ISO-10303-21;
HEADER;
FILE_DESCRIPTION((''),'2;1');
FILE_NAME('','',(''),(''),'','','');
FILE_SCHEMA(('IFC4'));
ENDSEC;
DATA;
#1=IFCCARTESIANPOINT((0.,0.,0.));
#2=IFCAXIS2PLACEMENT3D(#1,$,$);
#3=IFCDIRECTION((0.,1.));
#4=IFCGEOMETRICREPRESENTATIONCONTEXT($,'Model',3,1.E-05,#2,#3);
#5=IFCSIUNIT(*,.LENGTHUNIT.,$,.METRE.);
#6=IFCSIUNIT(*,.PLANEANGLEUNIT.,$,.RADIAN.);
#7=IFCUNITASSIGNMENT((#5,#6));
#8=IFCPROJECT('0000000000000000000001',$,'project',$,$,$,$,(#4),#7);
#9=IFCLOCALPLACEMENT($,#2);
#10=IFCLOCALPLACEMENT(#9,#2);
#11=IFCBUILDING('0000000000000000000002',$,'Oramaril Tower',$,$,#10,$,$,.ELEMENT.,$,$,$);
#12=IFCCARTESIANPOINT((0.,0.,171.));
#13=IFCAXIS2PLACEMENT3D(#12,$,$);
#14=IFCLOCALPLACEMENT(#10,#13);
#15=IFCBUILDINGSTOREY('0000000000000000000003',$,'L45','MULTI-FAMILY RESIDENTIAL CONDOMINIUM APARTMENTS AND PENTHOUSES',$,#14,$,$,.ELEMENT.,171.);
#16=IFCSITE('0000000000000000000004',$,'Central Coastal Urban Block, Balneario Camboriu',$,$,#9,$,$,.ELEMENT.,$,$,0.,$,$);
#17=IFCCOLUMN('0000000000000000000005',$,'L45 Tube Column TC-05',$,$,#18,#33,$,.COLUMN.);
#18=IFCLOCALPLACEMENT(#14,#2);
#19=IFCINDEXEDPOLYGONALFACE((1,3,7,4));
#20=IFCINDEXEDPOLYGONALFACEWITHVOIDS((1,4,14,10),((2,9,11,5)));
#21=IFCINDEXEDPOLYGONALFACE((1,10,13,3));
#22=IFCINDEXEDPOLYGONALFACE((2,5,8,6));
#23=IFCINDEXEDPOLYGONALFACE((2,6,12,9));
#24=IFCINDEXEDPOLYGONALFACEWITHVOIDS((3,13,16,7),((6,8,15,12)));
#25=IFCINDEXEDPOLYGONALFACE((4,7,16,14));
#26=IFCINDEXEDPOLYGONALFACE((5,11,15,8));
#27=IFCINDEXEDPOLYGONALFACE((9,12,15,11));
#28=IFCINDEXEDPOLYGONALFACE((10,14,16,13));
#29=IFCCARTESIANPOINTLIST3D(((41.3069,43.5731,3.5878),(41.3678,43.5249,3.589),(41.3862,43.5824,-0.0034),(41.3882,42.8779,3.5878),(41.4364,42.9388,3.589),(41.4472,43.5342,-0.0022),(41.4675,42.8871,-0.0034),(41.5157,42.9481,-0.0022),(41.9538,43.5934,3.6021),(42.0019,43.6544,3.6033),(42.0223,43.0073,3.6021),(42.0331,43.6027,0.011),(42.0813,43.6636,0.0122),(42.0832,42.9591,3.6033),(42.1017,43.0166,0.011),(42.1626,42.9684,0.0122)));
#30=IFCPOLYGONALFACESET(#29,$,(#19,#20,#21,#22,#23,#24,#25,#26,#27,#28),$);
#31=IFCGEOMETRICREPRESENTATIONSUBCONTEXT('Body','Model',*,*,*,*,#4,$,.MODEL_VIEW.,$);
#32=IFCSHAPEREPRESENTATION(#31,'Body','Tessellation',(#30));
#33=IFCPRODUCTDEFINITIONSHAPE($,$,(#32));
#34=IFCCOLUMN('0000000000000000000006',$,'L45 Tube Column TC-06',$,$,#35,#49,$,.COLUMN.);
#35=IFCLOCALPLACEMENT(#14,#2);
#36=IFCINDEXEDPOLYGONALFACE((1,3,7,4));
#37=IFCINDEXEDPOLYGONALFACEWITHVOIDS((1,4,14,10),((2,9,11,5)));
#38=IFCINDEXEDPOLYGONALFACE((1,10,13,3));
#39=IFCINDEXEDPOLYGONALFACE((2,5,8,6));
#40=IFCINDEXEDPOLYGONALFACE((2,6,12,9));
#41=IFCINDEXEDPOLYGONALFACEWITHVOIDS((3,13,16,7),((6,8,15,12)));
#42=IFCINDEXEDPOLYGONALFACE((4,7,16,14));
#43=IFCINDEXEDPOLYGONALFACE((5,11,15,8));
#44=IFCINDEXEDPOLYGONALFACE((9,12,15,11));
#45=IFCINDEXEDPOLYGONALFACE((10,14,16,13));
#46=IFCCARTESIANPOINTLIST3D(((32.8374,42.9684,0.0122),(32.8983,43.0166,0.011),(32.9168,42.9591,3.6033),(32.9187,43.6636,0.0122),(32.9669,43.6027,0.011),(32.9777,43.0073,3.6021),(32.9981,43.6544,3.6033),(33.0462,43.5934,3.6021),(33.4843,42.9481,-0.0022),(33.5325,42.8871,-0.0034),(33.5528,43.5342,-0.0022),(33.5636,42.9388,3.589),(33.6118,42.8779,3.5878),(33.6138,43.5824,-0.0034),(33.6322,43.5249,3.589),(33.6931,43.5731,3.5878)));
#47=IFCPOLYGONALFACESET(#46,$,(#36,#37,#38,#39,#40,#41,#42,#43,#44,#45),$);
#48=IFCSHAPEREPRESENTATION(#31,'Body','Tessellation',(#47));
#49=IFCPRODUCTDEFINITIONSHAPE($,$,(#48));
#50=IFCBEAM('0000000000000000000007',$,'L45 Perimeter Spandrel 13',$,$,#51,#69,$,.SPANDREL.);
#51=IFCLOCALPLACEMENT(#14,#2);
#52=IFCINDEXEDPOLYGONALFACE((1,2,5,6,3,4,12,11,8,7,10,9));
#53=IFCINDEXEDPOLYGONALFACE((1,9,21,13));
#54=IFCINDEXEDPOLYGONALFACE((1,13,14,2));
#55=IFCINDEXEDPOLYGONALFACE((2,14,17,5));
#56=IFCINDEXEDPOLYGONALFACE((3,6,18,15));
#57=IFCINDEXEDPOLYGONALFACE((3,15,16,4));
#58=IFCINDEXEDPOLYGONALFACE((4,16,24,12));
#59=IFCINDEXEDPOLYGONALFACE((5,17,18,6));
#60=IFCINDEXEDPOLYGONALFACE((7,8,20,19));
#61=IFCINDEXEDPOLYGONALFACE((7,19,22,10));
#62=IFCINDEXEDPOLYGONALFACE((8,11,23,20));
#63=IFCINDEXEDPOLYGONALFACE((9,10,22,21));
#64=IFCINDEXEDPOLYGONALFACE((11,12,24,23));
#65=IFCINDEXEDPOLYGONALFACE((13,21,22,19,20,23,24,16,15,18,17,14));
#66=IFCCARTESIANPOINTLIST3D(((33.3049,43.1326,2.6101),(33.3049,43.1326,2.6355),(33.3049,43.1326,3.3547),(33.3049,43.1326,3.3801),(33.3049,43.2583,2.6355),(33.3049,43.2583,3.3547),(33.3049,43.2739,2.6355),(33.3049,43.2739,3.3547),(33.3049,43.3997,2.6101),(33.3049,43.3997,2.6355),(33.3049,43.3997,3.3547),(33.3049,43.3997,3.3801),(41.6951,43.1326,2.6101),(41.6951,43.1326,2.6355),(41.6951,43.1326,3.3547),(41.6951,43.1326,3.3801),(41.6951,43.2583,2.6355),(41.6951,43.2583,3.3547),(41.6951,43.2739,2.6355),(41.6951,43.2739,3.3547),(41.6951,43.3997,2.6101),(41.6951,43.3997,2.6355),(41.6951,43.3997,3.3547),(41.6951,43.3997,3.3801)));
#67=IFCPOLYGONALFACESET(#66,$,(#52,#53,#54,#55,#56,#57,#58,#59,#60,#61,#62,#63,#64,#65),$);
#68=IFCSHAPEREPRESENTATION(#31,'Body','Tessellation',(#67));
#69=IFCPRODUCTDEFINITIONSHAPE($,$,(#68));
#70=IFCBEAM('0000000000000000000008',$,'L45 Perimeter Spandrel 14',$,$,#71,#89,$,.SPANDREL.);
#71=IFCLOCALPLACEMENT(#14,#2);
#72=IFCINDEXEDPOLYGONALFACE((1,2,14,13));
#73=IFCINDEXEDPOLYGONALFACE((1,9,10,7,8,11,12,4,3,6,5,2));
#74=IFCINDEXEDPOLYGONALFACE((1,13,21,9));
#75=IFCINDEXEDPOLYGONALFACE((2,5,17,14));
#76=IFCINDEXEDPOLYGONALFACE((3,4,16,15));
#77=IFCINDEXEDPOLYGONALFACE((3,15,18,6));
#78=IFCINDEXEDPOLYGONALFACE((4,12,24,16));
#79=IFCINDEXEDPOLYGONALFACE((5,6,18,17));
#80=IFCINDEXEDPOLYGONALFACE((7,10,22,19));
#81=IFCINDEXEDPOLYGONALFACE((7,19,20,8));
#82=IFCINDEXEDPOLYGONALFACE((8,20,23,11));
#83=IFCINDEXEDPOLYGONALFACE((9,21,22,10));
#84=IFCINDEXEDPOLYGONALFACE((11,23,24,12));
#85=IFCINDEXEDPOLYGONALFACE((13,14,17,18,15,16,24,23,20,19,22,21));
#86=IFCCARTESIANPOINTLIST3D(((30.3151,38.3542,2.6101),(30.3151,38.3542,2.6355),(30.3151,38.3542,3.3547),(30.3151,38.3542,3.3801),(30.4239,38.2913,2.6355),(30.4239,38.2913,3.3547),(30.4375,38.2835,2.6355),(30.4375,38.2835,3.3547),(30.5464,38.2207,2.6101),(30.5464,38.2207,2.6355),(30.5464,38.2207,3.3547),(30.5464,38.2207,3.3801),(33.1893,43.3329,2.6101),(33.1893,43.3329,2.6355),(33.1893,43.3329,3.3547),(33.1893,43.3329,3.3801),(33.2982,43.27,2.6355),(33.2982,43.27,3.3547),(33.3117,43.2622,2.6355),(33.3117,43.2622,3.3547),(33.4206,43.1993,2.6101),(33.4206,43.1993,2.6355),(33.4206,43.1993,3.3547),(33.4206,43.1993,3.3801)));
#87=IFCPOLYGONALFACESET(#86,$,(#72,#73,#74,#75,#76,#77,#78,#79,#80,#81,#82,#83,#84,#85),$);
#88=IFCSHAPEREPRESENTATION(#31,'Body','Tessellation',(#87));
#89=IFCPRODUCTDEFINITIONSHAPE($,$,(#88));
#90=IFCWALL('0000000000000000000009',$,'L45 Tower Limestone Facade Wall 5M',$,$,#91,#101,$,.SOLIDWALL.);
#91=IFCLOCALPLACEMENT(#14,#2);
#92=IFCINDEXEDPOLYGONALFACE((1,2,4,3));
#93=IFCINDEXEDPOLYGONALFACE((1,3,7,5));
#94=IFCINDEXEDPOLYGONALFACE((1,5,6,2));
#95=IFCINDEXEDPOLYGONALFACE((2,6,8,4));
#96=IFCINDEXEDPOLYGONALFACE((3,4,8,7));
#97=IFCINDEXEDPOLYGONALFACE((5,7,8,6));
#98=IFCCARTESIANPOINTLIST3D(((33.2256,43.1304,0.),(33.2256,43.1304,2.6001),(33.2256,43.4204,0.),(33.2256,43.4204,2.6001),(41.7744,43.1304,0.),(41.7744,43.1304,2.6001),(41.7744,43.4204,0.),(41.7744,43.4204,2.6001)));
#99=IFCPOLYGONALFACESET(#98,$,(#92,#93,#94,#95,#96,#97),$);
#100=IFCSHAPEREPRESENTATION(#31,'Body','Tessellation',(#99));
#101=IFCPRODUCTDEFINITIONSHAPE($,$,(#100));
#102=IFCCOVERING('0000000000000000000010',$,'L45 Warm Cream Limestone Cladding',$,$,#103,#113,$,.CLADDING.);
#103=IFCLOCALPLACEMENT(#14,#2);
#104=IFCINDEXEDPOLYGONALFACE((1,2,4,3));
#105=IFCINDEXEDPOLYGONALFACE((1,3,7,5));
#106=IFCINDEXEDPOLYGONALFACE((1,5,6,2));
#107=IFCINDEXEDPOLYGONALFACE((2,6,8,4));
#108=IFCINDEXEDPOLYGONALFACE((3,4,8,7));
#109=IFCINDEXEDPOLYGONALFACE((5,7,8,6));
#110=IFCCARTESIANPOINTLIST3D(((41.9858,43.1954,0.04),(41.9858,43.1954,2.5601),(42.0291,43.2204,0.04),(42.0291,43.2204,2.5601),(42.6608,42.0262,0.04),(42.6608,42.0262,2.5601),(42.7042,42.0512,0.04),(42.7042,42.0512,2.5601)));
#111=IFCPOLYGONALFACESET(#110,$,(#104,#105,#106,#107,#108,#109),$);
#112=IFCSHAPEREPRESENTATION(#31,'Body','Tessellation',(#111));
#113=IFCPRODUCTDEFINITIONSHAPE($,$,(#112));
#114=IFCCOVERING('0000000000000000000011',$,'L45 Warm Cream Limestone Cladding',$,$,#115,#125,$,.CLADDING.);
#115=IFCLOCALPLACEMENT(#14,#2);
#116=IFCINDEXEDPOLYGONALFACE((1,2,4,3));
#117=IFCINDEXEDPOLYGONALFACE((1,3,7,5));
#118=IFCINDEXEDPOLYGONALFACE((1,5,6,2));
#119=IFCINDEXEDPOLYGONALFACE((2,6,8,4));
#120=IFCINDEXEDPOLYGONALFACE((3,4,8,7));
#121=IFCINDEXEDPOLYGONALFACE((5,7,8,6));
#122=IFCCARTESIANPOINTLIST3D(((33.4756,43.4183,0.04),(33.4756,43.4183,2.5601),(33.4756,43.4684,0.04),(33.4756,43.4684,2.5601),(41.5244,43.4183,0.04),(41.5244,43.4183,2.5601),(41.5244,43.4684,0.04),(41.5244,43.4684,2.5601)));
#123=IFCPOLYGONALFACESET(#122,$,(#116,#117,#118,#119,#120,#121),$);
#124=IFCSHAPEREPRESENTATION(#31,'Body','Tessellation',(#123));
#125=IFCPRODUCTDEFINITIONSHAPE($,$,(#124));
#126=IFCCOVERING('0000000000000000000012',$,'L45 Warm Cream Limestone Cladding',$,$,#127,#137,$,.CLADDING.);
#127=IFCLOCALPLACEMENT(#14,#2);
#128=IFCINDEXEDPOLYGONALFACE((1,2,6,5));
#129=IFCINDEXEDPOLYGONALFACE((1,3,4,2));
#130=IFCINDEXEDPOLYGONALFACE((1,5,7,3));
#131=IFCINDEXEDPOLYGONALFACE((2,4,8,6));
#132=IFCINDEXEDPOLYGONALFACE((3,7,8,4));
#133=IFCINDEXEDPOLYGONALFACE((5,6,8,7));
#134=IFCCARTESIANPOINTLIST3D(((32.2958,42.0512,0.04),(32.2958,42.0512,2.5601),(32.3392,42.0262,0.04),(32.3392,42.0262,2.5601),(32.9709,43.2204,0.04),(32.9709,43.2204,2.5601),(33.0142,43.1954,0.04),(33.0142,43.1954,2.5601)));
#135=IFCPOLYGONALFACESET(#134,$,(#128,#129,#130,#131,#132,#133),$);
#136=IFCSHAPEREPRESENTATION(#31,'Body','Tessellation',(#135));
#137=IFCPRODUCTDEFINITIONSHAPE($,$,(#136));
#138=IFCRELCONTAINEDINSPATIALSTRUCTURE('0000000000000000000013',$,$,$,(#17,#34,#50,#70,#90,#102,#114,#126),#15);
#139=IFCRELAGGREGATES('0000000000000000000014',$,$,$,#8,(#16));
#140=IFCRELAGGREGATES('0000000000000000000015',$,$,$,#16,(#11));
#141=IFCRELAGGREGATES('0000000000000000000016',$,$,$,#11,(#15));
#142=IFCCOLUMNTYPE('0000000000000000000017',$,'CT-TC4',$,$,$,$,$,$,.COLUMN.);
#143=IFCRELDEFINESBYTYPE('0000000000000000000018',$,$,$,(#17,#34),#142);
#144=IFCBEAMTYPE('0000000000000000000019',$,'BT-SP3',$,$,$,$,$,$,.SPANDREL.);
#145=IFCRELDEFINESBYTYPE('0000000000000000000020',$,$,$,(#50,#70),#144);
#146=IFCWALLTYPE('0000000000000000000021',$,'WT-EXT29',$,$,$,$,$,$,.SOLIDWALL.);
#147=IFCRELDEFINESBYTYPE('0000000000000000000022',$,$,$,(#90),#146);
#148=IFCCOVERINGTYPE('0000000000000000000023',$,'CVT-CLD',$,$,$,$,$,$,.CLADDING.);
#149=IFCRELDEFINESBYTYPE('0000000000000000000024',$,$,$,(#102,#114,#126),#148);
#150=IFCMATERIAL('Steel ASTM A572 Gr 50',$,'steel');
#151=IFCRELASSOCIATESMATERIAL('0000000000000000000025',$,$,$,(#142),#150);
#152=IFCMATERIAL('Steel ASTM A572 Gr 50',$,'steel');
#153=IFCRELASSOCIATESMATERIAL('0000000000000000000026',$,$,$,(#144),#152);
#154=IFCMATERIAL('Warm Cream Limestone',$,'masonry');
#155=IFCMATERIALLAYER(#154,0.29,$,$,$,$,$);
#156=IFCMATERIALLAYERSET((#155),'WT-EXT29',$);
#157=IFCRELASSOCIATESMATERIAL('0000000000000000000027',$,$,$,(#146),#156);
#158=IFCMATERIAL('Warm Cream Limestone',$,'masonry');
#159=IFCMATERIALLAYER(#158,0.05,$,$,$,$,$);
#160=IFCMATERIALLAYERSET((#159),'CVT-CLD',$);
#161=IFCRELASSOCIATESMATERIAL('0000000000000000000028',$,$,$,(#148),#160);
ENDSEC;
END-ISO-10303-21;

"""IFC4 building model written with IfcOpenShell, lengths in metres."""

from ifc_helpers import new_model, si_unit, direction, frame, frame_2d, origin, origin_2d, place, context, subcontext, project, spatial, rectangle, hollow_rectangle, i_section, extrude, material, layer, layer_set, material_profile, profile_set, type_object, element, save


model = new_model("IFC4")

# Units and contexts
model_context = context("Model", 3, precision=1e-05, world=origin(), true_north=direction((0.0, 1.0)))
body_context = subcontext(model_context, "Body", "Model", "MODEL_VIEW")
ifc_project = project(units=[si_unit("LENGTHUNIT", "METRE"), si_unit("PLANEANGLEUNIT", "RADIAN")], contexts=[model_context])

# Site, building, storey
site_placement = place(None, origin())
site = spatial("IfcSite", under=ifc_project, at=site_placement, Name="Central Coastal Urban Block, Balneario Camboriu", CompositionType="ELEMENT", RefElevation=0.0)
building_placement = place(site_placement, origin())
building = spatial("IfcBuilding", under=site, at=building_placement, Name="Oramaril Tower", CompositionType="ELEMENT")
storey_placement = place(building_placement, frame((0.0, 0.0, 171.0)))
storey = spatial("IfcBuildingStorey", under=building, at=storey_placement, Name="L45", Description="MULTI-FAMILY RESIDENTIAL CONDOMINIUM APARTMENTS AND PENTHOUSES", CompositionType="ELEMENT", Elevation=171.0)

# Columns
ifc_material_1 = material(Name="Steel ASTM A572 Gr 50", Category="steel")
ifc_material_profile_1 = material_profile(ifc_material_1, hollow_rectangle(XDim=0.7, YDim=0.7, WallThickness=0.0549, at=origin_2d()), Name="BOX700X700X55")
ifc_profile_set_1 = profile_set([ifc_material_profile_1], Name="Steel ASTM A572 Gr 50")
column_type = type_object("IfcColumnType", Name="CT-TC4", PredefinedType="COLUMN", material=ifc_profile_set_1)
for number, where, z_axis, x_axis, name in (
    (1, (41.7744, 43.2754, 0.0044), (-0.02209, -0.002583, 0.999753), (0.116132, -0.993234, 0.0), "L45 Tube Column TC-05"),
    (2, (33.2256, 43.2754, 0.0044), (0.02209, -0.002583, 0.999753), (0.116132, 0.993234, 0.0), "L45 Tube Column TC-06"),
):
    element("IfcColumn", number, at=place(storey_placement, frame(where, z_axis=z_axis, x_axis=x_axis)), inside=storey, type_object=column_type, Name=name, PredefinedType="COLUMN", context=body_context, shape_type="SweptSolid", body=[
        extrude(hollow_rectangle(XDim=0.7, YDim=0.7, WallThickness=0.0549, at=origin_2d()), origin(), (0.0, 0.0, 1.0), 3.592),
    ])

# Beams
ifc_material_2 = material(Name="Steel ASTM A572 Gr 50", Category="steel")
ifc_material_profile_2 = material_profile(ifc_material_2, i_section(OverallWidth=0.2671, OverallDepth=0.77, WebThickness=0.0156, FlangeThickness=0.0254, at=origin_2d()), Name="W30X132")
ifc_profile_set_2 = profile_set([ifc_material_profile_2], Name="Steel ASTM A572 Gr 50")
beam_type = type_object("IfcBeamType", Name="BT-SP3", PredefinedType="SPANDREL", material=ifc_profile_set_2)
beam_1_placement = place(storey_placement, frame((41.6951, 43.2661, 2.9951), z_axis=(-1.0, 0.0, 0.0), x_axis=(0.0, -1.0, 0.0)))
element("IfcBeam", 3, at=beam_1_placement, inside=storey, type_object=beam_type, Name="L45 Perimeter Spandrel 13", PredefinedType="SPANDREL", context=body_context, shape_type="SweptSolid", body=[
    extrude(i_section(OverallWidth=0.2671, OverallDepth=0.77, WebThickness=0.0156, FlangeThickness=0.0254, at=origin_2d()), origin(), (0.0, 0.0, 1.0), 8.3901),
])
beam_2_placement = place(storey_placement, frame((33.3049, 43.2661, 2.9951), z_axis=(-0.499971, -0.866042, 0.0), x_axis=(0.866042, -0.499971, 0.0)))
element("IfcBeam", 4, at=beam_2_placement, inside=storey, type_object=beam_type, Name="L45 Perimeter Spandrel 14", PredefinedType="SPANDREL", context=body_context, shape_type="SweptSolid", body=[
    extrude(i_section(OverallWidth=0.2671, OverallDepth=0.77, WebThickness=0.0156, FlangeThickness=0.0254, at=origin_2d()), origin(), (0.0, 0.0, 1.0), 5.7488),
])

# Wall
ifc_material_3 = material(Name="Warm Cream Limestone", Category="masonry")
ifc_layer_1 = layer(ifc_material_3, 0.29)
ifc_layer_set_1 = layer_set([ifc_layer_1], Name="WT-EXT29")
wall_type = type_object("IfcWallType", Name="WT-EXT29", PredefinedType="SOLIDWALL", material=ifc_layer_set_1)
wall_1_placement = place(storey_placement, frame((41.7744, 43.2754, 0.0), z_axis=(0.0, 0.0, 1.0), x_axis=(-1.0, 0.0, 0.0)))
element("IfcWall", 5, at=wall_1_placement, inside=storey, type_object=wall_type, Name="L45 Tower Limestone Facade Wall 5M", PredefinedType="SOLIDWALL", context=body_context, shape_type="SweptSolid", body=[
    extrude(rectangle(XDim=8.5488, YDim=0.29, at=frame_2d((4.2744, 0.0))), origin(), (0.0, 0.0, 1.0), 2.6001),
])

# Coverings
ifc_material_4 = material(Name="Warm Cream Limestone", Category="masonry")
ifc_layer_2 = layer(ifc_material_4, 0.05)
ifc_layer_set_2 = layer_set([ifc_layer_2], Name="CVT-CLD")
covering_type = type_object("IfcCoveringType", Name="CVT-CLD", PredefinedType="CLADDING", material=ifc_layer_set_2)
covering_1_placement = place(storey_placement, frame((42.345, 42.6233, 0.04), z_axis=(0.0, 0.0, 1.0), x_axis=(-0.5, 0.866025, 0.0)))
element("IfcCovering", 6, at=covering_1_placement, inside=storey, type_object=covering_type, Name="L45 Warm Cream Limestone Cladding", PredefinedType="CLADDING", context=body_context, shape_type="SweptSolid", body=[
    extrude(rectangle(XDim=1.3501, YDim=0.05, at=origin_2d()), origin(), (0.0, 0.0, 1.0), 2.52),
])
covering_2_placement = place(storey_placement, frame((37.5, 43.4434, 0.04), z_axis=(0.0, 0.0, 1.0), x_axis=(-1.0, 0.0, 0.0)))
element("IfcCovering", 7, at=covering_2_placement, inside=storey, type_object=covering_type, Name="L45 Warm Cream Limestone Cladding", PredefinedType="CLADDING", context=body_context, shape_type="SweptSolid", body=[
    extrude(rectangle(XDim=8.0488, YDim=0.05, at=origin_2d()), origin(), (0.0, 0.0, 1.0), 2.52),
])
covering_3_placement = place(storey_placement, frame((32.655, 42.6233, 0.04), z_axis=(0.0, 0.0, 1.0), x_axis=(-0.5, -0.866025, 0.0)))
element("IfcCovering", 8, at=covering_3_placement, inside=storey, type_object=covering_type, Name="L45 Warm Cream Limestone Cladding", PredefinedType="CLADDING", context=body_context, shape_type="SweptSolid", body=[
    extrude(rectangle(XDim=1.3501, YDim=0.05, at=origin_2d()), origin(), (0.0, 0.0, 1.0), 2.52),
])

save(model, "model.ifc")
